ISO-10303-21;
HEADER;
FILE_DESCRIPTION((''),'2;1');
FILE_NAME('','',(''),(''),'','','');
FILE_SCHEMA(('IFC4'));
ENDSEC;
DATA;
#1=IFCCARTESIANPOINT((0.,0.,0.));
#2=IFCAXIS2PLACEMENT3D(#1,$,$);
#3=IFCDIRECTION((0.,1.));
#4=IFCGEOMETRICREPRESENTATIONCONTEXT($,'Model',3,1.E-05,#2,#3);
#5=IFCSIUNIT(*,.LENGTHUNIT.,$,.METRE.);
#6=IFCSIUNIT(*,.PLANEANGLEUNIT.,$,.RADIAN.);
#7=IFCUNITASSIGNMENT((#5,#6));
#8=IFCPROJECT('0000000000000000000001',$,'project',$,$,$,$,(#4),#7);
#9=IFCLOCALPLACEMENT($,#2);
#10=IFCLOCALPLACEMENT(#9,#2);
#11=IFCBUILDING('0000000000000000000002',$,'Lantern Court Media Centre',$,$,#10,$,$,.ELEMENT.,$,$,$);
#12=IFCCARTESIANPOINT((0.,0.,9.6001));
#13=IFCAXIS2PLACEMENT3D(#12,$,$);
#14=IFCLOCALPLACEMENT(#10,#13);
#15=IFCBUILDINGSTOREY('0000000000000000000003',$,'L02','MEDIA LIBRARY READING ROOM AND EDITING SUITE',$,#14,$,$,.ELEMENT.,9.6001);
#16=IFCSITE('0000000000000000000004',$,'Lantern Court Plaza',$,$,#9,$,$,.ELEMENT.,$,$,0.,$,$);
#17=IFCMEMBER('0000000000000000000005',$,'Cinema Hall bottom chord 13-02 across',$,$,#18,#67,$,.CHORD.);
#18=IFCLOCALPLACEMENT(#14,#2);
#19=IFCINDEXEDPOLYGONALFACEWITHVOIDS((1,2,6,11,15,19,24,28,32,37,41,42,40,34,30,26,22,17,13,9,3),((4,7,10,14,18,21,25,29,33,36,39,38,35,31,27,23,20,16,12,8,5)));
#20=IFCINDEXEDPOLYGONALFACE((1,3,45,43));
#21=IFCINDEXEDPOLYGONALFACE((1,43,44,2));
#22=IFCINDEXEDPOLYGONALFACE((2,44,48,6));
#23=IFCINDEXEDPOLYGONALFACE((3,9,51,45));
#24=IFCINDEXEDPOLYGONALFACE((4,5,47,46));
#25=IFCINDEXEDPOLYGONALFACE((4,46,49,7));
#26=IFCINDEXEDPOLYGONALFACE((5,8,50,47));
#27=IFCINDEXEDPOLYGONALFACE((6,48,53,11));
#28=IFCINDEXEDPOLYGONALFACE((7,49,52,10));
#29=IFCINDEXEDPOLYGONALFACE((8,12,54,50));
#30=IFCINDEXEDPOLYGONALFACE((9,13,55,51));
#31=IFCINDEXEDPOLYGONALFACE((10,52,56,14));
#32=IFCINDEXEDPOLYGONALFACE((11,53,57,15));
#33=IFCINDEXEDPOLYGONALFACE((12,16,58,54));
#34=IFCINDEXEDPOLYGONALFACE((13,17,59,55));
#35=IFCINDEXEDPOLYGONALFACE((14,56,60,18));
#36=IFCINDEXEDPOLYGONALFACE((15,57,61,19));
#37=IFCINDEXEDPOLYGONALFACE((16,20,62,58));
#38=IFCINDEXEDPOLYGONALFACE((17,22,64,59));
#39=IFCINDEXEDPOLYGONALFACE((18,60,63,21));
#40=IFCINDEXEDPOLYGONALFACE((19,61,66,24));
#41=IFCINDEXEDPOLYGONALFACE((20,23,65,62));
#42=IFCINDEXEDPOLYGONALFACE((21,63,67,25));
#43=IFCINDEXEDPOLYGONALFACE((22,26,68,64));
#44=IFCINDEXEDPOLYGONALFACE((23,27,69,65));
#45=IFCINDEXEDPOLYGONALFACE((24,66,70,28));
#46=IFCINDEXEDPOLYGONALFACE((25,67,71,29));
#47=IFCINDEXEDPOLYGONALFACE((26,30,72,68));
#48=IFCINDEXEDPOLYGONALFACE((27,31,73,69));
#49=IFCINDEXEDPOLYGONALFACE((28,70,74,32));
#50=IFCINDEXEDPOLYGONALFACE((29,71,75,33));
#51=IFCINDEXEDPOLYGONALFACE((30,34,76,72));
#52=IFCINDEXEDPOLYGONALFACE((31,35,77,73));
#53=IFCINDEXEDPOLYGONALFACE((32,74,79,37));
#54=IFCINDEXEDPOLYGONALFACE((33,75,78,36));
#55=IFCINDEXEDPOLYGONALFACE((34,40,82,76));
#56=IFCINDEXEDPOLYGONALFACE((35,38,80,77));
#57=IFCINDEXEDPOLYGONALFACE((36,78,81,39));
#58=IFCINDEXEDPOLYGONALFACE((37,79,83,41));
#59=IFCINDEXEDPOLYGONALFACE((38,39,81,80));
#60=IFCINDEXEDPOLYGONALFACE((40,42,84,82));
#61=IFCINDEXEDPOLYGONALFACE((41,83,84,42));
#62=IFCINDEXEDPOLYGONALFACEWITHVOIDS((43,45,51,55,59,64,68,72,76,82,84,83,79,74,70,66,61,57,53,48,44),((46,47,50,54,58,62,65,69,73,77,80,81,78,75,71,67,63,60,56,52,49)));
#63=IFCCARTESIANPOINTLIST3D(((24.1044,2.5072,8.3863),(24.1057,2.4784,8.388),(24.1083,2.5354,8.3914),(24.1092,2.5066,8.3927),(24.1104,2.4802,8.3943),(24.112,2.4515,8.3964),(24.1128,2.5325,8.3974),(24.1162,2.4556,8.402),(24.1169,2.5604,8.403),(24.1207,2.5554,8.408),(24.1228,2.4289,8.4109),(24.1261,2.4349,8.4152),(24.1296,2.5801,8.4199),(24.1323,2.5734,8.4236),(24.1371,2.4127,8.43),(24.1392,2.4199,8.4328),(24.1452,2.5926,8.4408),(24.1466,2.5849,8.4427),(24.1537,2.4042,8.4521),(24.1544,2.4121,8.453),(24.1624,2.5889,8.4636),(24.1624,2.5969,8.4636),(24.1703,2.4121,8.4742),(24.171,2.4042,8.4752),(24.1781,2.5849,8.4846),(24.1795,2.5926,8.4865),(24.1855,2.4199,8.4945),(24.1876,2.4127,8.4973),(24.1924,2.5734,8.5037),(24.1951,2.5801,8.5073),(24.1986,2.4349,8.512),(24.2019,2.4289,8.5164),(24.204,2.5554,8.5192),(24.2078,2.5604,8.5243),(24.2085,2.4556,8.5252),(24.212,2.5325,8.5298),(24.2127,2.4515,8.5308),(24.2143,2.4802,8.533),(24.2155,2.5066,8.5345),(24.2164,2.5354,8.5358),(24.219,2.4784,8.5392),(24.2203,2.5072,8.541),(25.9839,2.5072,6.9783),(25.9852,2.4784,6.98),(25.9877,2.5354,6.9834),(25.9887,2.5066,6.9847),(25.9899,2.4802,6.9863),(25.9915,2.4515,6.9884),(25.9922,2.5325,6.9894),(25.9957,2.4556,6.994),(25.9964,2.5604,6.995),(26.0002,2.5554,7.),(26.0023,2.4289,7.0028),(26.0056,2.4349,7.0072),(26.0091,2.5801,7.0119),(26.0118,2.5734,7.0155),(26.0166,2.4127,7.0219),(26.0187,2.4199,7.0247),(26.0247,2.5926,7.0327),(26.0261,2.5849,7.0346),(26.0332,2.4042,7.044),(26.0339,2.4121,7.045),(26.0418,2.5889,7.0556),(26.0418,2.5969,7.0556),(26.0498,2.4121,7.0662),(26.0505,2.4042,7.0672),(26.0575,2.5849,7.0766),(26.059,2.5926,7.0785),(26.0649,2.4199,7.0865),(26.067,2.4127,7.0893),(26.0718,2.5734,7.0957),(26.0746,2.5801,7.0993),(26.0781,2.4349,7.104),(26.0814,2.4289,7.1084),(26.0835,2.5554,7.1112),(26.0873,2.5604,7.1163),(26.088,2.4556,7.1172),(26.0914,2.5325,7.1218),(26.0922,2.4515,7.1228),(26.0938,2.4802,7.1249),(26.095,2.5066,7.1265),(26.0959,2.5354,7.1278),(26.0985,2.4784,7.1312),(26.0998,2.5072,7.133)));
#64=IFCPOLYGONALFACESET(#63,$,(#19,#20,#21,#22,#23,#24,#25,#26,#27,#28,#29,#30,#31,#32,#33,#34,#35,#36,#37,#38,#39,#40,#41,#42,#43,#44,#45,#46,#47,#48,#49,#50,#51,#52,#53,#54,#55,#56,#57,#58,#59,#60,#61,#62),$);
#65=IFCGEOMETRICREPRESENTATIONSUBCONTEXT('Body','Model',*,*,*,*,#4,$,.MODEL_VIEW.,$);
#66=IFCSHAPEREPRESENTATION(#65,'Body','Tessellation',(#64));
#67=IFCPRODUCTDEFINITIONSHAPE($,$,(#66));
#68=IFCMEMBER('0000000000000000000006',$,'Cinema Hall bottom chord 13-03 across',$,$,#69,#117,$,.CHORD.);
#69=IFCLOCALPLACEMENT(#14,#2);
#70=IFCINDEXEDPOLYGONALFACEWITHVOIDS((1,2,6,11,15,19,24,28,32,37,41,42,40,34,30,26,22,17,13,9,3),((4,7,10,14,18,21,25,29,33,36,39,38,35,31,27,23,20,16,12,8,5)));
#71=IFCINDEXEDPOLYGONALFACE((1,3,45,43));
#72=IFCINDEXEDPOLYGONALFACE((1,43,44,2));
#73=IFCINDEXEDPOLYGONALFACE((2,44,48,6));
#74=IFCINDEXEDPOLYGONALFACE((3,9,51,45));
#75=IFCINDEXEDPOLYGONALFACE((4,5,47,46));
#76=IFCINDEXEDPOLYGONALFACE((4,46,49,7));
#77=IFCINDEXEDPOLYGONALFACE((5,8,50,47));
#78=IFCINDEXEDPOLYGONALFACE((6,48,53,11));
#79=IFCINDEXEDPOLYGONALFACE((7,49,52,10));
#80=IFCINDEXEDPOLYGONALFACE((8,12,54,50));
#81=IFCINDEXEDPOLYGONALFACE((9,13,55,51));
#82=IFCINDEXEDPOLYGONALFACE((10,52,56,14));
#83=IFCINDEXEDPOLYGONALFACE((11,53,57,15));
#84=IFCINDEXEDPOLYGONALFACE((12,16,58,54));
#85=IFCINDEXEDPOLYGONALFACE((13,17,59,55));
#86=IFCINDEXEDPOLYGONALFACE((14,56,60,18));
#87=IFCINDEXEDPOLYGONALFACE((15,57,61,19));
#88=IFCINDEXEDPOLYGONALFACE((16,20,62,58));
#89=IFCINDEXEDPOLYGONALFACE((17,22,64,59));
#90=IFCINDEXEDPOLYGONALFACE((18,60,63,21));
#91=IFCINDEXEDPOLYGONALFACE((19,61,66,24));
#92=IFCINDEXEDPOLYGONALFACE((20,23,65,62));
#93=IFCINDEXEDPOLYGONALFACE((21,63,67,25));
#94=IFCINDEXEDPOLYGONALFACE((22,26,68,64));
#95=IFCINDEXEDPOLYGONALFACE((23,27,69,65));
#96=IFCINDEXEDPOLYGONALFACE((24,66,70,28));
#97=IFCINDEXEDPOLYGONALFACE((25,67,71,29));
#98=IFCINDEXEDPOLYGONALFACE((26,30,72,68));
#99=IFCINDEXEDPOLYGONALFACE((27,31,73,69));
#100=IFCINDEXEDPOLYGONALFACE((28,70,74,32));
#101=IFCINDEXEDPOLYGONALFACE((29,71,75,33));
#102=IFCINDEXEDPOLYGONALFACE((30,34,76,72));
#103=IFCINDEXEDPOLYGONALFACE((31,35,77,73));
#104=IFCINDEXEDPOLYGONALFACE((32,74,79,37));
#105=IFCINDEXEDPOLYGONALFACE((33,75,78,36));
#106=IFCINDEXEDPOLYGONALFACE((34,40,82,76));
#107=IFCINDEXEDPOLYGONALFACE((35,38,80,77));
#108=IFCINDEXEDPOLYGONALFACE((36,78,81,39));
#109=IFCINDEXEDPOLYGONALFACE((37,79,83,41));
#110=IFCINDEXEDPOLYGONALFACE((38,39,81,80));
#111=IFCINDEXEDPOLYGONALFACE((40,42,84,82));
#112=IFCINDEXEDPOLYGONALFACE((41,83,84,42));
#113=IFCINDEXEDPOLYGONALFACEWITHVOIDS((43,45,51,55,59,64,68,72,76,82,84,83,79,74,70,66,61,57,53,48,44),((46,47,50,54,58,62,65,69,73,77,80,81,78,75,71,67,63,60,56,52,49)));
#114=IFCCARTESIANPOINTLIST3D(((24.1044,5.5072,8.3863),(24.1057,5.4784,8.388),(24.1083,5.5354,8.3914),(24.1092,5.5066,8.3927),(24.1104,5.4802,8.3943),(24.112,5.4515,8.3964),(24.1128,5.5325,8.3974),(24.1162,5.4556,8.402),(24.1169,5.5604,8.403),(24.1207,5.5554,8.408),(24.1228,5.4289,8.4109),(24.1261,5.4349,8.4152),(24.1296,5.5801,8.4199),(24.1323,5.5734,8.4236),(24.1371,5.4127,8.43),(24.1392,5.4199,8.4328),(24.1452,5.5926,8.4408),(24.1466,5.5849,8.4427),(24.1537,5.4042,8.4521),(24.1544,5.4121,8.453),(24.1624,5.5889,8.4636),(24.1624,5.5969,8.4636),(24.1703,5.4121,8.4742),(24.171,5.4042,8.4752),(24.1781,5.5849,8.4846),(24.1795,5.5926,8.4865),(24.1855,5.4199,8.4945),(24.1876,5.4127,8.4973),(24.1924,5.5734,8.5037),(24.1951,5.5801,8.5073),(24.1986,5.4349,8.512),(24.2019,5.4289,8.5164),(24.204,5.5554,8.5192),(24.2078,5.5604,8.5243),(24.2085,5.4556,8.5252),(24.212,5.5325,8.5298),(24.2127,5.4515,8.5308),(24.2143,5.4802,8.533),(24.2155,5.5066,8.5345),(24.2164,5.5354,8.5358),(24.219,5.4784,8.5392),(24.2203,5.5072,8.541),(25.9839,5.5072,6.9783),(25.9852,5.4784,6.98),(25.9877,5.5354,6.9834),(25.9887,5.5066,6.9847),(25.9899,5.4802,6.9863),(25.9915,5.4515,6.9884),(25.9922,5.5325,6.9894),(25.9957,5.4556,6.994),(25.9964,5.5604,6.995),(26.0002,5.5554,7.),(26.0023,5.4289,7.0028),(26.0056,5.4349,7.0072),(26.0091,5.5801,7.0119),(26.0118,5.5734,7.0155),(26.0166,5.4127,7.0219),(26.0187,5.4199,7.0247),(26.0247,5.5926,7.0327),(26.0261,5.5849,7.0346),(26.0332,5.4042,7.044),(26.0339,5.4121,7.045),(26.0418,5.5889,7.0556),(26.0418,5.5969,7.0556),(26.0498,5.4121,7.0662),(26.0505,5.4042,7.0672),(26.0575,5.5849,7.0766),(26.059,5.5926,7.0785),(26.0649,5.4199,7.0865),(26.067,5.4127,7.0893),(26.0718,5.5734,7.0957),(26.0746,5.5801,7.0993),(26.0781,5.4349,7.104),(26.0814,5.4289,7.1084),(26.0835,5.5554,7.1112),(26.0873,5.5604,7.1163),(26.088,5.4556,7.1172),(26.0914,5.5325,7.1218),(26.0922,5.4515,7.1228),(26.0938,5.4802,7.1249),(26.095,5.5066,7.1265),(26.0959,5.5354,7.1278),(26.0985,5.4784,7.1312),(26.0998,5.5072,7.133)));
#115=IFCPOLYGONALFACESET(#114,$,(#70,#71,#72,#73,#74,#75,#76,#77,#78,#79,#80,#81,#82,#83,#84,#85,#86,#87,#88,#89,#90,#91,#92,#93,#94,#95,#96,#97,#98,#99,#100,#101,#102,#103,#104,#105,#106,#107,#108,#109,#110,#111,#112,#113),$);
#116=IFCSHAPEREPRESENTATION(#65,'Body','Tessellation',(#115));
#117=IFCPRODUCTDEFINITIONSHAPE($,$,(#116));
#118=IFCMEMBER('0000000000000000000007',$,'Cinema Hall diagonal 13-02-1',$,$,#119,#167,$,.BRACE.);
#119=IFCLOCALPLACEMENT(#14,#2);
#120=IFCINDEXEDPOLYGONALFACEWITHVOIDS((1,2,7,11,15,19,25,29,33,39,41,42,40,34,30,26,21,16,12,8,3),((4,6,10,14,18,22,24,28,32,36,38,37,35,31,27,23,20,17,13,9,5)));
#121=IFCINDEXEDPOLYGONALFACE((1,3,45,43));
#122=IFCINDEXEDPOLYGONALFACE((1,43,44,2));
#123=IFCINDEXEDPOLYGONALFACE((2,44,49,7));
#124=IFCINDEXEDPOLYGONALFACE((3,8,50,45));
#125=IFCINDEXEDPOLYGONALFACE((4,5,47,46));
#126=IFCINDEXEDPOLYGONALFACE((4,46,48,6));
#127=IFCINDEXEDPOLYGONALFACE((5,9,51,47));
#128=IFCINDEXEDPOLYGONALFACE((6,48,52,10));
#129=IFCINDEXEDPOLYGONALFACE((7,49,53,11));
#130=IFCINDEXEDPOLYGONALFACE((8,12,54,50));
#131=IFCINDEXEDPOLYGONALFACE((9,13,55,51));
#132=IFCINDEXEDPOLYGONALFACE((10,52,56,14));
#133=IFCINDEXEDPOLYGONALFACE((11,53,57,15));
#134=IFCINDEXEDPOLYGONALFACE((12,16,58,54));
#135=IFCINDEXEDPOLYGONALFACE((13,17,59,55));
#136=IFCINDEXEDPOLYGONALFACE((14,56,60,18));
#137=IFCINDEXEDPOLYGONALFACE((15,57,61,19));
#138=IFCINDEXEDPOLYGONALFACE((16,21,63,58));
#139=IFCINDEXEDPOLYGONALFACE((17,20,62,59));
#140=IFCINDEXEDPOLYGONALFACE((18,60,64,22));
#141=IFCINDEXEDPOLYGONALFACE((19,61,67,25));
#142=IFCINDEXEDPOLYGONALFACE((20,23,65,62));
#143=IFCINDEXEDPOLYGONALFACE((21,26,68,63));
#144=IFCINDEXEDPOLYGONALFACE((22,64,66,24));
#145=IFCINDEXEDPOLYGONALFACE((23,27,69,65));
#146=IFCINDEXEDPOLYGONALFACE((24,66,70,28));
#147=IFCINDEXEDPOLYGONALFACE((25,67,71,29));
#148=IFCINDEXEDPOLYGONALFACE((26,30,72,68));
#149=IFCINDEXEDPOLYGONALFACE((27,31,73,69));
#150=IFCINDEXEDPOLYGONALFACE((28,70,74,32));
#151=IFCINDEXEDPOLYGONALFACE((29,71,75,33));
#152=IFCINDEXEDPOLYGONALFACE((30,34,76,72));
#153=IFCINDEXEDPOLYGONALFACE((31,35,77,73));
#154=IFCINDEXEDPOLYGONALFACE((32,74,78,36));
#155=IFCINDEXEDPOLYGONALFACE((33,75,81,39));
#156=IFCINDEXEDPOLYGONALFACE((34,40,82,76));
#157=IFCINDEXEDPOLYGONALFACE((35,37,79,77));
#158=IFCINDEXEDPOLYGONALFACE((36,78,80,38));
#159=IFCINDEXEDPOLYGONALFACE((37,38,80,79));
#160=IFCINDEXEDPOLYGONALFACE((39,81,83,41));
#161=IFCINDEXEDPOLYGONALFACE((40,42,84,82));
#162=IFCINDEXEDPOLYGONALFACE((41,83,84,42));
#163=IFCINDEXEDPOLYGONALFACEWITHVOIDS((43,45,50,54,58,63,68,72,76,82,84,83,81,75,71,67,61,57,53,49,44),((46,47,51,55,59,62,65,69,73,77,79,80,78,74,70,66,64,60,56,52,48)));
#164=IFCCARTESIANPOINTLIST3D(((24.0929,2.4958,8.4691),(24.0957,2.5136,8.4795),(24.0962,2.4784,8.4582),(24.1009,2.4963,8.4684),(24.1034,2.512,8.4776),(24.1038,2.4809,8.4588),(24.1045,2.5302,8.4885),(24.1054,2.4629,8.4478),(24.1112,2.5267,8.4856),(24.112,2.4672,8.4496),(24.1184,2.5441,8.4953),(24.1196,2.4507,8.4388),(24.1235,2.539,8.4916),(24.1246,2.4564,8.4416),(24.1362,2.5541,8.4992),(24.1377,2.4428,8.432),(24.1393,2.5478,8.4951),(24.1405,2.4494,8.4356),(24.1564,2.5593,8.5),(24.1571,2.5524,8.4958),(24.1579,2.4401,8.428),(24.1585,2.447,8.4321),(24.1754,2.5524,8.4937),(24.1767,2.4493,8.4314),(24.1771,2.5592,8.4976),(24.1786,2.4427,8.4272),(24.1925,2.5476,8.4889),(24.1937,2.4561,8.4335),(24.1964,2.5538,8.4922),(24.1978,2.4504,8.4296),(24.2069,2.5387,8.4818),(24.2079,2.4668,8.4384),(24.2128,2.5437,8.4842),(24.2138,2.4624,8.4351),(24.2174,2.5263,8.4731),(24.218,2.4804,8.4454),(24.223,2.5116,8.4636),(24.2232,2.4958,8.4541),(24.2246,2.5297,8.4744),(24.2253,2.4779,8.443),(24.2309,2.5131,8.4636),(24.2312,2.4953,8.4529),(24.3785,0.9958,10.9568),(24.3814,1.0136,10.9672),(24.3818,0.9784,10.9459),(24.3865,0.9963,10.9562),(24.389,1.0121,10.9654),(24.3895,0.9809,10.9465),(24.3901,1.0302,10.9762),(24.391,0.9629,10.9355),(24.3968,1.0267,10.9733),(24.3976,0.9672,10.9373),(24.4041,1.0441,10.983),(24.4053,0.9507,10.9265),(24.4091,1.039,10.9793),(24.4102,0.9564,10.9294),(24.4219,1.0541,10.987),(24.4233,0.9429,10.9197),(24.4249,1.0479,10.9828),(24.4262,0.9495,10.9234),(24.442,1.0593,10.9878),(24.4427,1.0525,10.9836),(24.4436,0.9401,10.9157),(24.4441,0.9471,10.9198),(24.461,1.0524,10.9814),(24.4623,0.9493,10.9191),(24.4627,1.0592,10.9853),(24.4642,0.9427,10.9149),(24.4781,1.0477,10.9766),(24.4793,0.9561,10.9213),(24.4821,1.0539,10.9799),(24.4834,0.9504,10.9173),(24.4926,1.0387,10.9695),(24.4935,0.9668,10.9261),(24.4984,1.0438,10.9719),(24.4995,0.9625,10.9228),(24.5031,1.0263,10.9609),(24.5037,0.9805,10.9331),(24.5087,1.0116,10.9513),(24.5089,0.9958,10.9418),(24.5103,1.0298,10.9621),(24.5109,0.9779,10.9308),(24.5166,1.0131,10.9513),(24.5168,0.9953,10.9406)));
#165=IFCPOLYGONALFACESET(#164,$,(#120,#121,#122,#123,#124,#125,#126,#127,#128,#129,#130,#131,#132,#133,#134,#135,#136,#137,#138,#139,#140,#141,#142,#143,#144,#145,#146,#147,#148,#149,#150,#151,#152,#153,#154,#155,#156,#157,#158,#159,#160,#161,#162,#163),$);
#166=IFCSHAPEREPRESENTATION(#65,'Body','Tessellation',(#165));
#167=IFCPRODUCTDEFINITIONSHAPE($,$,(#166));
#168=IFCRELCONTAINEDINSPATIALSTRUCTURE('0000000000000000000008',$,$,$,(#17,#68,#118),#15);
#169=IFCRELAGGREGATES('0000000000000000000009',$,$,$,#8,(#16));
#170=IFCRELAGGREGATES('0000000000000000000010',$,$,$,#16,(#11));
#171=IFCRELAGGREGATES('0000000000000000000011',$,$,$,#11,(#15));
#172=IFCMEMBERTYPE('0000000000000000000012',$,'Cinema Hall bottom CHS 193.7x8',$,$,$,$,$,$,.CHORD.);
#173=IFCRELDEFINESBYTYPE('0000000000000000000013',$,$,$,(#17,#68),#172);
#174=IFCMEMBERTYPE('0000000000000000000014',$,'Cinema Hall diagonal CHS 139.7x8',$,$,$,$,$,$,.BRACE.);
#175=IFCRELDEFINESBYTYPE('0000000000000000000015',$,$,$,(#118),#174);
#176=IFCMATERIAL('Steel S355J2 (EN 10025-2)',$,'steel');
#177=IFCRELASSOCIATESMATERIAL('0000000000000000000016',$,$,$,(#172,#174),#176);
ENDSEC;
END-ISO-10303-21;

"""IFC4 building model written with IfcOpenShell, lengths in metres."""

from ifc_helpers import new_model, si_unit, direction, frame, origin, origin_2d, place, context, subcontext, project, spatial, hollow_circle, extrude, material, material_profile, profile_set, type_object, element, save


model = new_model("IFC4")

# Units and contexts
model_context = context("Model", 3, precision=1e-05, world=origin(), true_north=direction((0.0, 1.0)))
body_context = subcontext(model_context, "Body", "Model", "MODEL_VIEW")
ifc_project = project(units=[si_unit("LENGTHUNIT", "METRE"), si_unit("PLANEANGLEUNIT", "RADIAN")], contexts=[model_context])

# Site, building, storey
site_placement = place(None, origin())
site = spatial("IfcSite", under=ifc_project, at=site_placement, Name="Lantern Court Plaza", CompositionType="ELEMENT", RefElevation=0.0)
building_placement = place(site_placement, origin())
building = spatial("IfcBuilding", under=site, at=building_placement, Name="Lantern Court Media Centre", CompositionType="ELEMENT")
storey_placement = place(building_placement, frame((0.0, 0.0, 9.6001)))
storey = spatial("IfcBuildingStorey", under=building, at=storey_placement, Name="L02", Description="MEDIA LIBRARY READING ROOM AND EDITING SUITE", CompositionType="ELEMENT", Elevation=9.6001)

# Members
ifc_material = material(Name="Steel S355J2 (EN 10025-2)", Category="steel")
ifc_material_profile_1 = material_profile(ifc_material, hollow_circle(Radius=0.0969, WallThickness=0.0081, at=origin_2d()), Name="Cinema Hall bottom CHS 193.7x8")
ifc_profile_set_1 = profile_set([ifc_material_profile_1], Name="Steel S355J2 (EN 10025-2)")
member_type_1 = type_object("IfcMemberType", Name="Cinema Hall bottom CHS 193.7x8", PredefinedType="CHORD", material=ifc_profile_set_1)
for number, where, z_axis, x_axis, name in (
    (1, (24.1624, 2.5, 8.4636), (0.800324, 0.0, -0.599567), (0.0, 1.0, 0.0), "Cinema Hall bottom chord 13-02 across"),
    (2, (24.1624, 5.5, 8.4636), (0.800324, 0.0, -0.599567), (0.0, 1.0, 0.0), "Cinema Hall bottom chord 13-03 across"),
):
    element("IfcMember", number, at=place(storey_placement, frame(where, z_axis=z_axis, x_axis=x_axis)), inside=storey, type_object=member_type_1, Name=name, PredefinedType="CHORD", context=body_context, shape_type="SweptSolid", body=[
        extrude(hollow_circle(Radius=0.0969, WallThickness=0.0081, at=origin_2d()), origin(), (0.0, 0.0, 1.0), 2.3484),
    ])
ifc_material_profile_2 = material_profile(ifc_material, hollow_circle(Radius=0.0698, WallThickness=0.0081, at=origin_2d()), Name="Cinema Hall diagonal CHS 139.7x8")
ifc_profile_set_2 = profile_set([ifc_material_profile_2], Name="Steel S355J2 (EN 10025-2)")
member_type_2 = type_object("IfcMemberType", Name="Cinema Hall diagonal CHS 139.7x8", PredefinedType="BRACE", material=ifc_profile_set_2)
member_1_placement = place(storey_placement, frame((24.1624, 2.5, 8.4636), z_axis=(0.097856, -0.51387, 0.852268), x_axis=(0.982347, 0.187068, 0.0)))
element("IfcMember", 3, at=member_1_placement, inside=storey, type_object=member_type_2, Name="Cinema Hall diagonal 13-02-1", PredefinedType="BRACE", context=body_context, shape_type="SweptSolid", body=[
    extrude(hollow_circle(Radius=0.0698, WallThickness=0.0081, at=origin_2d()), origin(), (0.0, 0.0, 1.0), 2.9189),
])

save(model, "model.ifc")
